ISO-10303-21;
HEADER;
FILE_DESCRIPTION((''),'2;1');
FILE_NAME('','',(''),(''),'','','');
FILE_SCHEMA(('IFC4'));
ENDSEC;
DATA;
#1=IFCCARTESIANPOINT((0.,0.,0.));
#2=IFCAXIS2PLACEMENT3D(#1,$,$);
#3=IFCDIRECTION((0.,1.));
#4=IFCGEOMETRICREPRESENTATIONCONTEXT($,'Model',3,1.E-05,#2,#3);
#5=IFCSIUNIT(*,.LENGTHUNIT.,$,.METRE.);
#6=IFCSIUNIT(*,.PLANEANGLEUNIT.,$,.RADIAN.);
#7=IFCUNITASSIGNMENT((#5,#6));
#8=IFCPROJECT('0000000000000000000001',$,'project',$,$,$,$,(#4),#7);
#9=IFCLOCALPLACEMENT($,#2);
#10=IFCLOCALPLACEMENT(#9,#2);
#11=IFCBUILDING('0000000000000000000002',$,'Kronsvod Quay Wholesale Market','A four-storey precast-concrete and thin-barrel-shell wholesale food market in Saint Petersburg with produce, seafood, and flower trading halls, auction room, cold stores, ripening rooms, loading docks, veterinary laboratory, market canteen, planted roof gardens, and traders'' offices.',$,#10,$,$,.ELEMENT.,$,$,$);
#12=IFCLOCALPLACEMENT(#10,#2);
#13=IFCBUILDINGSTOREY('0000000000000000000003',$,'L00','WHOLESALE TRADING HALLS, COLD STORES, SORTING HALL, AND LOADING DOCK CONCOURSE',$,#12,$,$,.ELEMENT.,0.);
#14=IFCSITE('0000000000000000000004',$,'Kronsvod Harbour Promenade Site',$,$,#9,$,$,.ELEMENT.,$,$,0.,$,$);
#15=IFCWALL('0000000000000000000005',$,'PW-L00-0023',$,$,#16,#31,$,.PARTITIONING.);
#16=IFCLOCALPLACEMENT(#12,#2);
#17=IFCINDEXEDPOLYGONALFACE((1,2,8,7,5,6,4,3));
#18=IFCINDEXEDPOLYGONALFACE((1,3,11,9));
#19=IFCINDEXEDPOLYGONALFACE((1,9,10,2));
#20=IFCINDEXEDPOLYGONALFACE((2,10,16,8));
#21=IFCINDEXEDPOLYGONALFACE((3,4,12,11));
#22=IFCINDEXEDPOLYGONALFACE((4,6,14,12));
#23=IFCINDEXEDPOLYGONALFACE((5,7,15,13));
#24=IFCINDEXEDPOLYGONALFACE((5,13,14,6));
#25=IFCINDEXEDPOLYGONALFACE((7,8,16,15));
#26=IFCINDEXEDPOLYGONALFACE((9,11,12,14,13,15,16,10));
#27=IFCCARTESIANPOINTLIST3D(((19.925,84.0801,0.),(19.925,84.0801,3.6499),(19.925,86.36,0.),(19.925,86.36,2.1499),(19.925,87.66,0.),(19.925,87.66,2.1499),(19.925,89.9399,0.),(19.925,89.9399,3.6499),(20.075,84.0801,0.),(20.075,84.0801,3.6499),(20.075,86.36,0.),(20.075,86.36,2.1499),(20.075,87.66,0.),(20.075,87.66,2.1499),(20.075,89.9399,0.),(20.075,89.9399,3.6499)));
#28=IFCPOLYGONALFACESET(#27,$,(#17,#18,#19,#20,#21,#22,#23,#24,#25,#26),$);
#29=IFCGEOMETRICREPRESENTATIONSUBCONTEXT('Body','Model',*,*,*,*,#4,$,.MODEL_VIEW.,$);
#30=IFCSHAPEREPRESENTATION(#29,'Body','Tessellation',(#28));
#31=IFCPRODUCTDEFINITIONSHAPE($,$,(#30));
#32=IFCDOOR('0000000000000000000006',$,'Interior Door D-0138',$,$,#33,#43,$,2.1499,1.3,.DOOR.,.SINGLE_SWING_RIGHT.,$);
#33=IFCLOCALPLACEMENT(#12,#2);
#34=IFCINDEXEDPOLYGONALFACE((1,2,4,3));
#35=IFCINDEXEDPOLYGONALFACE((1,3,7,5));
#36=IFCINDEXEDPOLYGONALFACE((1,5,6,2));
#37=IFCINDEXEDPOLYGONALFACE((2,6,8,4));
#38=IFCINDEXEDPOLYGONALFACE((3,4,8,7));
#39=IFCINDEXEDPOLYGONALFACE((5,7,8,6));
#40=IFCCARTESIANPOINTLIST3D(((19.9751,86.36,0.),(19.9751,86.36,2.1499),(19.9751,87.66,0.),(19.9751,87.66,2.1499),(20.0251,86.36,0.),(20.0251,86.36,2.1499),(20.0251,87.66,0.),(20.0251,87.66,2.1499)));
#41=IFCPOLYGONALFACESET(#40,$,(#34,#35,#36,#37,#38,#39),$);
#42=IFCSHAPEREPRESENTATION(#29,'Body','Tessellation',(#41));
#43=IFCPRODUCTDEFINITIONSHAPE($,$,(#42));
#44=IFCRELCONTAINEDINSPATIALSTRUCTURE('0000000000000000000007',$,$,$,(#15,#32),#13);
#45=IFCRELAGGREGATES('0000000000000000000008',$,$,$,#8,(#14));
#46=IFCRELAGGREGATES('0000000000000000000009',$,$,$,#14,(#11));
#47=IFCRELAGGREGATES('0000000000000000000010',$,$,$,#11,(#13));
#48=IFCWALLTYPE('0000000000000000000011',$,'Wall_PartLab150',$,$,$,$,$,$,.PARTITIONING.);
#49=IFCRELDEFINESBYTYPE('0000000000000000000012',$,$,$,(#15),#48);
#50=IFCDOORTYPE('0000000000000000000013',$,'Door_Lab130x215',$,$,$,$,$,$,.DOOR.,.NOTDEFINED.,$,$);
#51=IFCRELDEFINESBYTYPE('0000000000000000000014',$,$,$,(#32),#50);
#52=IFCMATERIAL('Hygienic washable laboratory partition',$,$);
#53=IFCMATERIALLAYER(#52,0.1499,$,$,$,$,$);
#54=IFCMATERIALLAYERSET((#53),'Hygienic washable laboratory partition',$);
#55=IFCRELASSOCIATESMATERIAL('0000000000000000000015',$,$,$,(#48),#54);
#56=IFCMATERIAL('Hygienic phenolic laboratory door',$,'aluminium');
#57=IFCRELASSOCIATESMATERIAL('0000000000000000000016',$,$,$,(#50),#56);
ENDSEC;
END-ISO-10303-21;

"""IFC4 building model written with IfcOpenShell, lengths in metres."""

from ifc_helpers import new_model, si_unit, direction, frame, frame_2d, origin, place, context, subcontext, project, spatial, rectangle, extrude, material, layer, layer_set, type_object, element, fill, save


model = new_model("IFC4")

# Units and contexts
model_context = context("Model", 3, precision=1e-05, world=origin(), true_north=direction((0.0, 1.0)))
body_context = subcontext(model_context, "Body", "Model", "MODEL_VIEW")
ifc_project = project(units=[si_unit("LENGTHUNIT", "METRE"), si_unit("PLANEANGLEUNIT", "RADIAN")], contexts=[model_context])

# Site, building, storey
site_placement = place(None, origin())
site = spatial("IfcSite", under=ifc_project, at=site_placement, Name="Kronsvod Harbour Promenade Site", CompositionType="ELEMENT", RefElevation=0.0)
building_placement = place(site_placement, origin())
building = spatial("IfcBuilding", under=site, at=building_placement, Name="Kronsvod Quay Wholesale Market", Description="A four-storey precast-concrete and thin-barrel-shell wholesale food market in Saint Petersburg with produce, seafood, and flower trading halls, auction room, cold stores, ripening rooms, loading docks, veterinary laboratory, market canteen, planted roof gardens, and traders' offices.", CompositionType="ELEMENT")
storey_placement = place(building_placement, origin())
storey = spatial("IfcBuildingStorey", under=building, at=storey_placement, Name="L00", Description="WHOLESALE TRADING HALLS, COLD STORES, SORTING HALL, AND LOADING DOCK CONCOURSE", CompositionType="ELEMENT", Elevation=0.0)

# Shared definitions
ifc_material_1 = material(Name="Hygienic washable laboratory partition")
ifc_layer_1 = layer(ifc_material_1, 0.1499)
ifc_layer_set_1 = layer_set([ifc_layer_1], Name="Hygienic washable laboratory partition")
wall_type_1 = type_object("IfcWallType", Name="Wall_PartLab150", PredefinedType="PARTITIONING", material=ifc_layer_set_1)

# Wall, opening, door
wall_1_placement = place(storey_placement, frame((20.0, 84.0801, 0.0), z_axis=(0.0, 0.0, 1.0), x_axis=(0.0, 1.0, 0.0)))
wall_1 = element("IfcWall", 1, at=wall_1_placement, inside=storey, type_object=wall_type_1, Name="PW-L00-0023", PredefinedType="PARTITIONING", context=body_context, shape_type="SweptSolid", body=[
    extrude(rectangle(XDim=5.8599, YDim=0.1499, at=frame_2d((2.9299, 0.0))), origin(), (0.0, 0.0, 1.0), 3.6499),
])
opening_1_placement = place(wall_1_placement, frame((2.28, 0.0, 0.0)))
opening_1 = element("IfcOpeningElement", 2, at=opening_1_placement, cuts=wall_1, PredefinedType="OPENING", context=body_context, shape_type="SweptSolid", body=[
    extrude(rectangle(XDim=1.3, YDim=2.1499, at=frame_2d((0.6499, 1.075))), frame((0.0, 0.085, 0.0), z_axis=(0.0, -1.0, 0.0), x_axis=(1.0, 0.0, 0.0)), (0.0, 0.0, 1.0), 0.1699),
])
ifc_material_2 = material(Name="Hygienic phenolic laboratory door", Category="aluminium")
door_type_1 = type_object("IfcDoorType", Name="Door_Lab130x215", OperationType="NOTDEFINED", PredefinedType="DOOR", material=ifc_material_2)
door_1_placement = place(opening_1_placement, origin())
door_1 = element("IfcDoor", 3, at=door_1_placement, inside=storey, type_object=door_type_1, Name="Interior Door D-0138", OperationType="SINGLE_SWING_RIGHT", OverallHeight=2.1499, OverallWidth=1.3, PredefinedType="DOOR", context=body_context, shape_type="SweptSolid", body=[
    extrude(rectangle(XDim=1.3, YDim=2.1499, at=frame_2d((0.6499, 1.075))), frame((0.0, 0.0249, 0.0), z_axis=(0.0, -1.0, 0.0), x_axis=(1.0, 0.0, 0.0)), (0.0, 0.0, 1.0), 0.05),
])
fill(opening_1, door_1)

save(model, "model.ifc")
